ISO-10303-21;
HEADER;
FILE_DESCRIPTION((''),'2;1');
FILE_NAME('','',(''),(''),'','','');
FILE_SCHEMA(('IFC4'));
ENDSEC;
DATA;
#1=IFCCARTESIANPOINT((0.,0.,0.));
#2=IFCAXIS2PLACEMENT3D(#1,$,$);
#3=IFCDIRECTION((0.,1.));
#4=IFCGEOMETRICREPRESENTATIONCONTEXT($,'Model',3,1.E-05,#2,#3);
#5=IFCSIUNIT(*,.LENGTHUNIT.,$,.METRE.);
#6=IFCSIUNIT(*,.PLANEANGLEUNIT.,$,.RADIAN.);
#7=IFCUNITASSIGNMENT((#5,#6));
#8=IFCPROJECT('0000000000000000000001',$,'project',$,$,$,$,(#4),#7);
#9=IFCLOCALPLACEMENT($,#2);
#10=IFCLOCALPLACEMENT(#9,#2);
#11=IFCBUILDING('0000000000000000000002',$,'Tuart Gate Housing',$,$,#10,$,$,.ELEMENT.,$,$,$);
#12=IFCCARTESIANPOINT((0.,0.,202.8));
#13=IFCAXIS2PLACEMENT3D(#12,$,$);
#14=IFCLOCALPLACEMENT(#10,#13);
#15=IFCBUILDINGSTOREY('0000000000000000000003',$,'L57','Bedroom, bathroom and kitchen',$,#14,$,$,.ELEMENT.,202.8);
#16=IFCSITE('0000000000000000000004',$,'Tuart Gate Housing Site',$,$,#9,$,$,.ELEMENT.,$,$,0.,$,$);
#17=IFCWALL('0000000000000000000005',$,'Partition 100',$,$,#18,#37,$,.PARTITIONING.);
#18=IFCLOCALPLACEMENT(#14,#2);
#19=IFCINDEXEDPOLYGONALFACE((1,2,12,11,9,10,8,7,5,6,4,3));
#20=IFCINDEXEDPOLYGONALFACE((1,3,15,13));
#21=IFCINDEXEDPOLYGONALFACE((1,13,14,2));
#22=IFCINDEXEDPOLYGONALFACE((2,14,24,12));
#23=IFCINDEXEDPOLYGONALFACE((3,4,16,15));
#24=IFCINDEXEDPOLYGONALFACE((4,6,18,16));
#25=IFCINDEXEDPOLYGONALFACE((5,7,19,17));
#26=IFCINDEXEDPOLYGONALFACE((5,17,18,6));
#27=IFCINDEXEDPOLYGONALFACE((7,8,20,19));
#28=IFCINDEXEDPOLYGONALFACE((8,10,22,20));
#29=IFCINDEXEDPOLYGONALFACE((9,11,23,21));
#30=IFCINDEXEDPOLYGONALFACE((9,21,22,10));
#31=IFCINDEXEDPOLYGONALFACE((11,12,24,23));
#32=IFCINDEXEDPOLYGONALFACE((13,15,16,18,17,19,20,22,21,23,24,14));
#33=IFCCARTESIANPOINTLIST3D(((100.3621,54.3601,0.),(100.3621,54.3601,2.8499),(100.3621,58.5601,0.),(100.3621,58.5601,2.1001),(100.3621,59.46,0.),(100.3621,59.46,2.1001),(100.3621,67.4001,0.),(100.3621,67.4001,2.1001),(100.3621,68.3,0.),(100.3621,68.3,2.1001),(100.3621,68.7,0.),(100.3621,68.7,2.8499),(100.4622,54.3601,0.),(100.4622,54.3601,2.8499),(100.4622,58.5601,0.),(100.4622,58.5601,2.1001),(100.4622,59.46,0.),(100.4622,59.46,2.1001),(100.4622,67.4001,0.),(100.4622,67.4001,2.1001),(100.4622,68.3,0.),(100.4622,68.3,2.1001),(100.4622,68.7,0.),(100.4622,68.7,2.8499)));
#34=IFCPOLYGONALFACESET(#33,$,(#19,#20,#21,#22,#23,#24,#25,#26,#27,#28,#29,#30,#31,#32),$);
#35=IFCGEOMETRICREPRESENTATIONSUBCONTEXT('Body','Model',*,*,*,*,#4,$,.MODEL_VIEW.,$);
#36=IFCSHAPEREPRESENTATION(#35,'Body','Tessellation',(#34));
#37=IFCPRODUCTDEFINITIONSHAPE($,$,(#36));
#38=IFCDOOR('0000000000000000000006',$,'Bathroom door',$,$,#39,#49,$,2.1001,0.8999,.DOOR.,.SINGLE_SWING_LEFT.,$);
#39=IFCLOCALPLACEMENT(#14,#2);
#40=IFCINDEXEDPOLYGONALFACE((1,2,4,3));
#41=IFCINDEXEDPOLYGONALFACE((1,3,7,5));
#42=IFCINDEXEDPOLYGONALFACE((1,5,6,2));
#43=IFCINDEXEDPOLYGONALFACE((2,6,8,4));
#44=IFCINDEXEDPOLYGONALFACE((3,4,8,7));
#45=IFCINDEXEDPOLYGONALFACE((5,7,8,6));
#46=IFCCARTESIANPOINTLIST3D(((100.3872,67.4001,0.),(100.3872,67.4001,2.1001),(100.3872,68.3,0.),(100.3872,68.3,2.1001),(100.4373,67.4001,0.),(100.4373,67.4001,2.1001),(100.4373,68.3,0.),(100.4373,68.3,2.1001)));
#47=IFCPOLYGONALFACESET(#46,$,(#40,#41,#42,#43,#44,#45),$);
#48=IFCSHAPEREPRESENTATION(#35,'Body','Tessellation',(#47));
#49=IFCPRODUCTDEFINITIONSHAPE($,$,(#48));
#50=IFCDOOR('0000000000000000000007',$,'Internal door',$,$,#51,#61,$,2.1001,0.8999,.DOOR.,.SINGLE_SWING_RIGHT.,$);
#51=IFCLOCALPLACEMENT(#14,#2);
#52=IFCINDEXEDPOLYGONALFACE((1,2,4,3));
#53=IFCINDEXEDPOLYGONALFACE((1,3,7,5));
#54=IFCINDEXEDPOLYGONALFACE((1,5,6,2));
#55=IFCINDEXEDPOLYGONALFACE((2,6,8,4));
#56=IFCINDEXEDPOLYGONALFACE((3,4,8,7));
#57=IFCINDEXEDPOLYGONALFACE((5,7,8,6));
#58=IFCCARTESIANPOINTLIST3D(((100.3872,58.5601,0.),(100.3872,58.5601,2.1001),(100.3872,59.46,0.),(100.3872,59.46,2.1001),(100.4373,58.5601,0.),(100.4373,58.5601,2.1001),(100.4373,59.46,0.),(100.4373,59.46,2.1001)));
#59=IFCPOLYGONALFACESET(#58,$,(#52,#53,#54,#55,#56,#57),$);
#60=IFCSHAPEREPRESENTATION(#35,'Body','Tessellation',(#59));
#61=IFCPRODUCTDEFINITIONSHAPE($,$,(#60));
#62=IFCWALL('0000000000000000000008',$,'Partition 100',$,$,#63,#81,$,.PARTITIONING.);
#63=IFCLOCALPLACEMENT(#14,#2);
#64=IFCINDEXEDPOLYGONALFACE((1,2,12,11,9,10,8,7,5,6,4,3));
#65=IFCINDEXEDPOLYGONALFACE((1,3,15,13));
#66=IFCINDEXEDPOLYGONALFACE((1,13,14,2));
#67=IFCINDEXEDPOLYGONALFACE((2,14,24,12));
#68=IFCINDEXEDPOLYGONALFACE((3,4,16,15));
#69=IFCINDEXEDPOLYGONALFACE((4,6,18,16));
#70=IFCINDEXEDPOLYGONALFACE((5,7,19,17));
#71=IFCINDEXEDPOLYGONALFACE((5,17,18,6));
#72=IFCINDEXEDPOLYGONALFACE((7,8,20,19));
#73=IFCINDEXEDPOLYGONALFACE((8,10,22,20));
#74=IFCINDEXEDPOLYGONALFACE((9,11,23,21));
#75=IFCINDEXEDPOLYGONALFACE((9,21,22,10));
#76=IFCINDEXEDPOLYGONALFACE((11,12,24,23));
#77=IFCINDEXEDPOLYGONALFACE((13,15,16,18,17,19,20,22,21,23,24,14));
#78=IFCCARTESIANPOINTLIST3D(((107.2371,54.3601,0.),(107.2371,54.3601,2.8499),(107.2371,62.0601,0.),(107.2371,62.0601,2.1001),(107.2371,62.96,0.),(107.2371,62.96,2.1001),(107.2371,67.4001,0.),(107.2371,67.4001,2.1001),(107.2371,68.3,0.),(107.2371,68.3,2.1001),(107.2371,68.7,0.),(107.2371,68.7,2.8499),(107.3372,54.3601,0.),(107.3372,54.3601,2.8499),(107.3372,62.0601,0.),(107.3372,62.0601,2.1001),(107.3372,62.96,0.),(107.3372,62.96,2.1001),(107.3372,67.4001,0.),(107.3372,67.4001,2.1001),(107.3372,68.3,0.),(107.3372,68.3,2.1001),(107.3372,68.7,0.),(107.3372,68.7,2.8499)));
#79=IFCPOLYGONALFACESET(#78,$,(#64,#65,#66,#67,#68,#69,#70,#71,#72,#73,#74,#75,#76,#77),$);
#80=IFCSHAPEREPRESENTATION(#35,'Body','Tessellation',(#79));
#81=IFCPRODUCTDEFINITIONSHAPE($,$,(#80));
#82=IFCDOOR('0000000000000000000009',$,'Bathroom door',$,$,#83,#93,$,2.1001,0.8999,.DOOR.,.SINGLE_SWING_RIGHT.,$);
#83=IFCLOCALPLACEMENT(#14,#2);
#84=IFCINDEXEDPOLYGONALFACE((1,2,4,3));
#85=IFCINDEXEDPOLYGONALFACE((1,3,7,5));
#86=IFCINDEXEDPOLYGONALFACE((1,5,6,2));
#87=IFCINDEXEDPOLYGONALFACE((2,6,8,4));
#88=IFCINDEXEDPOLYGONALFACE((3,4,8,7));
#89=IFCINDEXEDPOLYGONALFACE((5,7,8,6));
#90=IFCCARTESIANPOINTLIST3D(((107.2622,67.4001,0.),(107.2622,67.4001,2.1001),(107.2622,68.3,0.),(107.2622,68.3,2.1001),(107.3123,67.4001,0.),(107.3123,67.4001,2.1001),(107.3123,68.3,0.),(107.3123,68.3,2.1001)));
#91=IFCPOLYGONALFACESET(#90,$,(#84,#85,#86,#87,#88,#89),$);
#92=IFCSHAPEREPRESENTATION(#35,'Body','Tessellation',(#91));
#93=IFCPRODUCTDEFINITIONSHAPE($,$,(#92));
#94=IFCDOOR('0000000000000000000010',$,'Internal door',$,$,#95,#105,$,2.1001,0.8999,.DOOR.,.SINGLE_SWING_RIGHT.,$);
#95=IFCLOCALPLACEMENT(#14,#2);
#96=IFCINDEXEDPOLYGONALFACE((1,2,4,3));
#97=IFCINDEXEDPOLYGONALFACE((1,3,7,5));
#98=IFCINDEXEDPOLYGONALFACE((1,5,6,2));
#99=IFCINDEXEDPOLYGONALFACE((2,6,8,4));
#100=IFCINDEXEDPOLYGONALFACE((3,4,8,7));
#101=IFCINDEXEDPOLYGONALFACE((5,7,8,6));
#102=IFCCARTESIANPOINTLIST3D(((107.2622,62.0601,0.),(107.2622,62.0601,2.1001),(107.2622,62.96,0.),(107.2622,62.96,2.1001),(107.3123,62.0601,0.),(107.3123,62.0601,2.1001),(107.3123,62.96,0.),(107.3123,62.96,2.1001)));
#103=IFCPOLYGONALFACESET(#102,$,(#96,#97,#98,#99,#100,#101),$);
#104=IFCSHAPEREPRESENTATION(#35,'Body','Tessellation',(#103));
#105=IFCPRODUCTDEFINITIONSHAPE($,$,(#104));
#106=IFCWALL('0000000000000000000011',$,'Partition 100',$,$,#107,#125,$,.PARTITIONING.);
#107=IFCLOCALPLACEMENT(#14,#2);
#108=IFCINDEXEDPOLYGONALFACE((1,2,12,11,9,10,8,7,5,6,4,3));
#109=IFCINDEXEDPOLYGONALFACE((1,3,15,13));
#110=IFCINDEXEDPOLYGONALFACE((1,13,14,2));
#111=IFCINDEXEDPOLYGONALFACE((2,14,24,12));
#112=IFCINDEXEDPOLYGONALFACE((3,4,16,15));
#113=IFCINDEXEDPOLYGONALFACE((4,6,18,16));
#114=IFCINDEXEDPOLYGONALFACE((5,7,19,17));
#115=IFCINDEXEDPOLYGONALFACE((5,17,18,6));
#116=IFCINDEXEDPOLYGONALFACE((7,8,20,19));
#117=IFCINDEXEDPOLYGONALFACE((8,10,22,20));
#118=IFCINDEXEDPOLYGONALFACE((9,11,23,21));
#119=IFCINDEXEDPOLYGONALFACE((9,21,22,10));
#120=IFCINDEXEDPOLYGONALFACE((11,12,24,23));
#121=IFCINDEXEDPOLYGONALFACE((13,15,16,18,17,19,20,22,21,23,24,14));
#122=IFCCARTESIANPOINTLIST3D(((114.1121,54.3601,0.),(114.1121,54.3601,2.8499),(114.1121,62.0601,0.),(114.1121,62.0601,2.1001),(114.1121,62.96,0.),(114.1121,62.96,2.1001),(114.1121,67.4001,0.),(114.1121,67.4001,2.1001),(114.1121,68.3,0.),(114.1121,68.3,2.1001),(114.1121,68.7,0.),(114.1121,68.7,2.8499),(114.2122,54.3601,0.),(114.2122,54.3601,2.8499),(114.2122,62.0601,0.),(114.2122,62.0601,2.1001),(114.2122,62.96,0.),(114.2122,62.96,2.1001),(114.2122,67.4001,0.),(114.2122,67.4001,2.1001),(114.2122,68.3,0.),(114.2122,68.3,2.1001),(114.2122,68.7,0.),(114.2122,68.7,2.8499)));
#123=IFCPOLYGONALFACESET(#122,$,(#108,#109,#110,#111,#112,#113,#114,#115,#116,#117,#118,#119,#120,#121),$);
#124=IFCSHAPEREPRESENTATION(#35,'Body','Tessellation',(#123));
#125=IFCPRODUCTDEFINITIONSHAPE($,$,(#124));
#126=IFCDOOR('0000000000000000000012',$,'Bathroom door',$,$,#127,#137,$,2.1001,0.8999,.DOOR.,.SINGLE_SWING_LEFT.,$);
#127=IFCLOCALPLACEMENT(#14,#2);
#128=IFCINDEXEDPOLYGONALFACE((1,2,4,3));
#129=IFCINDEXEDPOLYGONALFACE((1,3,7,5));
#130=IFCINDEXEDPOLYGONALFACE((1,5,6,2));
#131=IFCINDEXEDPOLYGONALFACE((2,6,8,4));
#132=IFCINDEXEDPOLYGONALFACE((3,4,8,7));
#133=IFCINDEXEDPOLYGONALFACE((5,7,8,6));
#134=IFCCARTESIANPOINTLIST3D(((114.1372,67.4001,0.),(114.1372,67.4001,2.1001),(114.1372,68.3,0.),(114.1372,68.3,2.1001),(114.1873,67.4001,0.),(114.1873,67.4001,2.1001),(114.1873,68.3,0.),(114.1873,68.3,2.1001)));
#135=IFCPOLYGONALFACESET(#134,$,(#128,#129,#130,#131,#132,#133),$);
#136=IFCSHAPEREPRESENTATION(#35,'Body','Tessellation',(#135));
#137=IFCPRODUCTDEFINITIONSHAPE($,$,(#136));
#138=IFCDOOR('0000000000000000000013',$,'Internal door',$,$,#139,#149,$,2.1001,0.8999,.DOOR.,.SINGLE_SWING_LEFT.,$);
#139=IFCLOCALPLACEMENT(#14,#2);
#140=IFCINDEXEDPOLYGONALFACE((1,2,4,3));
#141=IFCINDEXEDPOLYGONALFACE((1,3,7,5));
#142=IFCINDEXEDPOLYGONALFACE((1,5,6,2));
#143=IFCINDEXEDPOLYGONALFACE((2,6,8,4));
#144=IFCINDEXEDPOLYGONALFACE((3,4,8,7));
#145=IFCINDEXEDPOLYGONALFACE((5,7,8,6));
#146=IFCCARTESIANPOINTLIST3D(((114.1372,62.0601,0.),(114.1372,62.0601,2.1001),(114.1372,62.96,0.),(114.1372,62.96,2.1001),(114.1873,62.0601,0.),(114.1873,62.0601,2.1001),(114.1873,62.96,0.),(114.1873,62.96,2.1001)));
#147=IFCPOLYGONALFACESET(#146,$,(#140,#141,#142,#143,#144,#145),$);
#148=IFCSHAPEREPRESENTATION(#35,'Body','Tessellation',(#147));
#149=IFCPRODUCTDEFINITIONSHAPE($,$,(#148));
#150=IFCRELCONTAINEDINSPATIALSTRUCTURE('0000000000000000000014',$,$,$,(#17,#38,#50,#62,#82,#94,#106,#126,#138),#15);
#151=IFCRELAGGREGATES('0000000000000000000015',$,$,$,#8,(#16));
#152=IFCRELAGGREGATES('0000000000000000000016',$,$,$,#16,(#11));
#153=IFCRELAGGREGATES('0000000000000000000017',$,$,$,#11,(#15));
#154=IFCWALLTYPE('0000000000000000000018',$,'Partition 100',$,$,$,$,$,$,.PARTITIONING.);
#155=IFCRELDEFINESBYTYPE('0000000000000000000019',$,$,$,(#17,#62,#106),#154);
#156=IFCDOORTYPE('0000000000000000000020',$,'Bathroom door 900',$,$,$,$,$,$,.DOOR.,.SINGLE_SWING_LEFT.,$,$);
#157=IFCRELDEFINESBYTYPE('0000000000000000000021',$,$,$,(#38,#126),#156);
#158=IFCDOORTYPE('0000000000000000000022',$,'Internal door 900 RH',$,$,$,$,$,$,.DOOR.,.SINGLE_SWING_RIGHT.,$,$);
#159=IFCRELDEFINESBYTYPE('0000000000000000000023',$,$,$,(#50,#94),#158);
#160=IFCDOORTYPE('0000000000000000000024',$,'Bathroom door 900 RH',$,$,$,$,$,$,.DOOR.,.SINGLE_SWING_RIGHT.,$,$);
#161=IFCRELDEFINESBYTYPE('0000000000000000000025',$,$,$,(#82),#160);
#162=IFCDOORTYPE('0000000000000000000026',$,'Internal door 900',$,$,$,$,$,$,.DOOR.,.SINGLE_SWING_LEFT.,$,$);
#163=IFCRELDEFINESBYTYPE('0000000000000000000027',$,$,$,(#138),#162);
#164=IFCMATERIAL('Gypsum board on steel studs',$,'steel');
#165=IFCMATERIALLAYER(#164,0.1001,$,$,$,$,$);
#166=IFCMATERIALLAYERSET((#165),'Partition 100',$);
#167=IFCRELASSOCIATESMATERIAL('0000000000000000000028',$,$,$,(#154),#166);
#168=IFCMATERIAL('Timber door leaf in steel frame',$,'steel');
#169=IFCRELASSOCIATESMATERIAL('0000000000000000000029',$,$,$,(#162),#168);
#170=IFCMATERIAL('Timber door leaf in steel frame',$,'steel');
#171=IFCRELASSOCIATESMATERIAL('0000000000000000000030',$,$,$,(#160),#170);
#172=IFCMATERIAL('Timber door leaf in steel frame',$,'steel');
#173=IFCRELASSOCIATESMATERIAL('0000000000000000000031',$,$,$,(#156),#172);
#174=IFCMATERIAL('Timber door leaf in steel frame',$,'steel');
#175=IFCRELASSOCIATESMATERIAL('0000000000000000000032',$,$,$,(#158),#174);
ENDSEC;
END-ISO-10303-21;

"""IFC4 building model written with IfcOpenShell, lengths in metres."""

from ifc_helpers import new_model, si_unit, direction, frame, frame_2d, origin, place, context, subcontext, project, spatial, rectangle, extrude, material, layer, layer_set, type_object, element, fill, save


model = new_model("IFC4")

# Units and contexts
model_context = context("Model", 3, precision=1e-05, world=origin(), true_north=direction((0.0, 1.0)))
body_context = subcontext(model_context, "Body", "Model", "MODEL_VIEW")
ifc_project = project(units=[si_unit("LENGTHUNIT", "METRE"), si_unit("PLANEANGLEUNIT", "RADIAN")], contexts=[model_context])

# Site, building, storey
site_placement = place(None, origin())
site = spatial("IfcSite", under=ifc_project, at=site_placement, Name="Tuart Gate Housing Site", CompositionType="ELEMENT", RefElevation=0.0)
building_placement = place(site_placement, origin())
building = spatial("IfcBuilding", under=site, at=building_placement, Name="Tuart Gate Housing", CompositionType="ELEMENT")
storey_placement = place(building_placement, frame((0.0, 0.0, 202.8)))
storey = spatial("IfcBuildingStorey", under=building, at=storey_placement, Name="L57", Description="Bedroom, bathroom and kitchen", CompositionType="ELEMENT", Elevation=202.8)

# Shared definitions
ifc_material_1 = material(Name="Gypsum board on steel studs", Category="steel")
ifc_layer_1 = layer(ifc_material_1, 0.1001)
ifc_layer_set_1 = layer_set([ifc_layer_1], Name="Partition 100")
wall_type_1 = type_object("IfcWallType", Name="Partition 100", PredefinedType="PARTITIONING", material=ifc_layer_set_1)
ifc_material_2 = material(Name="Timber door leaf in steel frame", Category="steel")
door_type_1 = type_object("IfcDoorType", Name="Internal door 900", OperationType="SINGLE_SWING_LEFT", PredefinedType="DOOR", material=ifc_material_2)

# Walls, openings, doors
ifc_material_3 = material(Name="Timber door leaf in steel frame", Category="steel")
door_type_2 = type_object("IfcDoorType", Name="Bathroom door 900 RH", OperationType="SINGLE_SWING_RIGHT", PredefinedType="DOOR", material=ifc_material_3)
wall_1_placement = place(storey_placement, frame((100.4121, 54.3601, 0.0), z_axis=(0.0, 0.0, 1.0), x_axis=(0.0, 1.0, 0.0)))
wall_1 = element("IfcWall", 1, at=wall_1_placement, inside=storey, type_object=wall_type_1, Name="Partition 100", PredefinedType="PARTITIONING", context=body_context, shape_type="SweptSolid", body=[
    extrude(rectangle(XDim=14.3398, YDim=0.1001, at=frame_2d((7.1699, 0.0))), origin(), (0.0, 0.0, 1.0), 2.8499),
])
opening_1_placement = place(wall_1_placement, frame((4.2, 0.0, 0.0)))
opening_1 = element("IfcOpeningElement", 2, at=opening_1_placement, cuts=wall_1, PredefinedType="OPENING", context=body_context, shape_type="SweptSolid", body=[
    extrude(rectangle(XDim=0.8999, YDim=2.1001, at=frame_2d((0.45, 1.05))), frame((0.0, 0.0601, 0.0), z_axis=(0.0, -1.0, 0.0), x_axis=(1.0, 0.0, 0.0)), (0.0, 0.0, 1.0), 0.1201),
])
opening_2_placement = place(wall_1_placement, frame((13.04, 0.0, 0.0)))
opening_2 = element("IfcOpeningElement", 3, at=opening_2_placement, cuts=wall_1, PredefinedType="OPENING", context=body_context, shape_type="SweptSolid", body=[
    extrude(rectangle(XDim=0.8999, YDim=2.1001, at=frame_2d((0.45, 1.05))), frame((0.0, 0.0601, 0.0), z_axis=(0.0, -1.0, 0.0), x_axis=(1.0, 0.0, 0.0)), (0.0, 0.0, 1.0), 0.1201),
])
ifc_material_4 = material(Name="Timber door leaf in steel frame", Category="steel")
door_type_3 = type_object("IfcDoorType", Name="Bathroom door 900", OperationType="SINGLE_SWING_LEFT", PredefinedType="DOOR", material=ifc_material_4)
door_1_placement = place(opening_2_placement, frame((0.8999, 0.0, 0.0), z_axis=(0.0, 0.0, 1.0), x_axis=(-1.0, 0.0, 0.0)))
door_1 = element("IfcDoor", 4, at=door_1_placement, inside=storey, type_object=door_type_3, Name="Bathroom door", OperationType="SINGLE_SWING_LEFT", OverallHeight=2.1001, OverallWidth=0.8999, PredefinedType="DOOR", context=body_context, shape_type="SweptSolid", body=[
    extrude(rectangle(XDim=0.8999, YDim=2.1001, at=frame_2d((0.45, 1.05))), frame((0.0, 0.0251, 0.0), z_axis=(0.0, -1.0, 0.0), x_axis=(1.0, 0.0, 0.0)), (0.0, 0.0, 1.0), 0.05),
])
fill(opening_2, door_1)
ifc_material_5 = material(Name="Timber door leaf in steel frame", Category="steel")
door_type_4 = type_object("IfcDoorType", Name="Internal door 900 RH", OperationType="SINGLE_SWING_RIGHT", PredefinedType="DOOR", material=ifc_material_5)
door_2_placement = place(opening_1_placement, frame((0.8999, 0.0, 0.0), z_axis=(0.0, 0.0, 1.0), x_axis=(-1.0, 0.0, 0.0)))
door_2 = element("IfcDoor", 5, at=door_2_placement, inside=storey, type_object=door_type_4, Name="Internal door", OperationType="SINGLE_SWING_RIGHT", OverallHeight=2.1001, OverallWidth=0.8999, PredefinedType="DOOR", context=body_context, shape_type="SweptSolid", body=[
    extrude(rectangle(XDim=0.8999, YDim=2.1001, at=frame_2d((0.45, 1.05))), frame((0.0, 0.0251, 0.0), z_axis=(0.0, -1.0, 0.0), x_axis=(1.0, 0.0, 0.0)), (0.0, 0.0, 1.0), 0.05),
])
fill(opening_1, door_2)
wall_2_placement = place(storey_placement, frame((107.2871, 54.3601, 0.0), z_axis=(0.0, 0.0, 1.0), x_axis=(0.0, 1.0, 0.0)))
wall_2 = element("IfcWall", 6, at=wall_2_placement, inside=storey, type_object=wall_type_1, Name="Partition 100", PredefinedType="PARTITIONING", context=body_context, shape_type="SweptSolid", body=[
    extrude(rectangle(XDim=14.3398, YDim=0.1001, at=frame_2d((7.1699, 0.0))), origin(), (0.0, 0.0, 1.0), 2.8499),
])
opening_3_placement = place(wall_2_placement, frame((7.7, 0.0, 0.0)))
opening_3 = element("IfcOpeningElement", 7, at=opening_3_placement, cuts=wall_2, PredefinedType="OPENING", context=body_context, shape_type="SweptSolid", body=[
    extrude(rectangle(XDim=0.8999, YDim=2.1001, at=frame_2d((0.45, 1.05))), frame((0.0, 0.0601, 0.0), z_axis=(0.0, -1.0, 0.0), x_axis=(1.0, 0.0, 0.0)), (0.0, 0.0, 1.0), 0.1201),
])
opening_4_placement = place(wall_2_placement, frame((13.04, 0.0, 0.0)))
opening_4 = element("IfcOpeningElement", 8, at=opening_4_placement, cuts=wall_2, PredefinedType="OPENING", context=body_context, shape_type="SweptSolid", body=[
    extrude(rectangle(XDim=0.8999, YDim=2.1001, at=frame_2d((0.45, 1.05))), frame((0.0, 0.0601, 0.0), z_axis=(0.0, -1.0, 0.0), x_axis=(1.0, 0.0, 0.0)), (0.0, 0.0, 1.0), 0.1201),
])
door_3_placement = place(opening_4_placement, origin())
door_3 = element("IfcDoor", 9, at=door_3_placement, inside=storey, type_object=door_type_2, Name="Bathroom door", OperationType="SINGLE_SWING_RIGHT", OverallHeight=2.1001, OverallWidth=0.8999, PredefinedType="DOOR", context=body_context, shape_type="SweptSolid", body=[
    extrude(rectangle(XDim=0.8999, YDim=2.1001, at=frame_2d((0.45, 1.05))), frame((0.0, 0.0249, 0.0), z_axis=(0.0, -1.0, 0.0), x_axis=(1.0, 0.0, 0.0)), (0.0, 0.0, 1.0), 0.05),
])
fill(opening_4, door_3)
door_4_placement = place(opening_3_placement, origin())
door_4 = element("IfcDoor", 10, at=door_4_placement, inside=storey, type_object=door_type_4, Name="Internal door", OperationType="SINGLE_SWING_RIGHT", OverallHeight=2.1001, OverallWidth=0.8999, PredefinedType="DOOR", context=body_context, shape_type="SweptSolid", body=[
    extrude(rectangle(XDim=0.8999, YDim=2.1001, at=frame_2d((0.45, 1.05))), frame((0.0, 0.0249, 0.0), z_axis=(0.0, -1.0, 0.0), x_axis=(1.0, 0.0, 0.0)), (0.0, 0.0, 1.0), 0.05),
])
fill(opening_3, door_4)
wall_3_placement = place(storey_placement, frame((114.1621, 54.3601, 0.0), z_axis=(0.0, 0.0, 1.0), x_axis=(0.0, 1.0, 0.0)))
wall_3 = element("IfcWall", 11, at=wall_3_placement, inside=storey, type_object=wall_type_1, Name="Partition 100", PredefinedType="PARTITIONING", context=body_context, shape_type="SweptSolid", body=[
    extrude(rectangle(XDim=14.3398, YDim=0.1001, at=frame_2d((7.1699, 0.0))), origin(), (0.0, 0.0, 1.0), 2.8499),
])
opening_5_placement = place(wall_3_placement, frame((7.7, 0.0, 0.0)))
opening_5 = element("IfcOpeningElement", 12, at=opening_5_placement, cuts=wall_3, PredefinedType="OPENING", context=body_context, shape_type="SweptSolid", body=[
    extrude(rectangle(XDim=0.8999, YDim=2.1001, at=frame_2d((0.45, 1.05))), frame((0.0, 0.0601, 0.0), z_axis=(0.0, -1.0, 0.0), x_axis=(1.0, 0.0, 0.0)), (0.0, 0.0, 1.0), 0.1201),
])
opening_6_placement = place(wall_3_placement, frame((13.04, 0.0, 0.0)))
opening_6 = element("IfcOpeningElement", 13, at=opening_6_placement, cuts=wall_3, PredefinedType="OPENING", context=body_context, shape_type="SweptSolid", body=[
    extrude(rectangle(XDim=0.8999, YDim=2.1001, at=frame_2d((0.45, 1.05))), frame((0.0, 0.0601, 0.0), z_axis=(0.0, -1.0, 0.0), x_axis=(1.0, 0.0, 0.0)), (0.0, 0.0, 1.0), 0.1201),
])
door_5_placement = place(opening_6_placement, frame((0.8999, 0.0, 0.0), z_axis=(0.0, 0.0, 1.0), x_axis=(-1.0, 0.0, 0.0)))
door_5 = element("IfcDoor", 14, at=door_5_placement, inside=storey, type_object=door_type_3, Name="Bathroom door", OperationType="SINGLE_SWING_LEFT", OverallHeight=2.1001, OverallWidth=0.8999, PredefinedType="DOOR", context=body_context, shape_type="SweptSolid", body=[
    extrude(rectangle(XDim=0.8999, YDim=2.1001, at=frame_2d((0.45, 1.05))), frame((0.0, 0.0251, 0.0), z_axis=(0.0, -1.0, 0.0), x_axis=(1.0, 0.0, 0.0)), (0.0, 0.0, 1.0), 0.05),
])
fill(opening_6, door_5)
door_6_placement = place(opening_5_placement, frame((0.8999, 0.0, 0.0), z_axis=(0.0, 0.0, 1.0), x_axis=(-1.0, 0.0, 0.0)))
door_6 = element("IfcDoor", 15, at=door_6_placement, inside=storey, type_object=door_type_1, Name="Internal door", OperationType="SINGLE_SWING_LEFT", OverallHeight=2.1001, OverallWidth=0.8999, PredefinedType="DOOR", context=body_context, shape_type="SweptSolid", body=[
    extrude(rectangle(XDim=0.8999, YDim=2.1001, at=frame_2d((0.45, 1.05))), frame((0.0, 0.0251, 0.0), z_axis=(0.0, -1.0, 0.0), x_axis=(1.0, 0.0, 0.0)), (0.0, 0.0, 1.0), 0.05),
])
fill(opening_5, door_6)

save(model, "model.ifc")
